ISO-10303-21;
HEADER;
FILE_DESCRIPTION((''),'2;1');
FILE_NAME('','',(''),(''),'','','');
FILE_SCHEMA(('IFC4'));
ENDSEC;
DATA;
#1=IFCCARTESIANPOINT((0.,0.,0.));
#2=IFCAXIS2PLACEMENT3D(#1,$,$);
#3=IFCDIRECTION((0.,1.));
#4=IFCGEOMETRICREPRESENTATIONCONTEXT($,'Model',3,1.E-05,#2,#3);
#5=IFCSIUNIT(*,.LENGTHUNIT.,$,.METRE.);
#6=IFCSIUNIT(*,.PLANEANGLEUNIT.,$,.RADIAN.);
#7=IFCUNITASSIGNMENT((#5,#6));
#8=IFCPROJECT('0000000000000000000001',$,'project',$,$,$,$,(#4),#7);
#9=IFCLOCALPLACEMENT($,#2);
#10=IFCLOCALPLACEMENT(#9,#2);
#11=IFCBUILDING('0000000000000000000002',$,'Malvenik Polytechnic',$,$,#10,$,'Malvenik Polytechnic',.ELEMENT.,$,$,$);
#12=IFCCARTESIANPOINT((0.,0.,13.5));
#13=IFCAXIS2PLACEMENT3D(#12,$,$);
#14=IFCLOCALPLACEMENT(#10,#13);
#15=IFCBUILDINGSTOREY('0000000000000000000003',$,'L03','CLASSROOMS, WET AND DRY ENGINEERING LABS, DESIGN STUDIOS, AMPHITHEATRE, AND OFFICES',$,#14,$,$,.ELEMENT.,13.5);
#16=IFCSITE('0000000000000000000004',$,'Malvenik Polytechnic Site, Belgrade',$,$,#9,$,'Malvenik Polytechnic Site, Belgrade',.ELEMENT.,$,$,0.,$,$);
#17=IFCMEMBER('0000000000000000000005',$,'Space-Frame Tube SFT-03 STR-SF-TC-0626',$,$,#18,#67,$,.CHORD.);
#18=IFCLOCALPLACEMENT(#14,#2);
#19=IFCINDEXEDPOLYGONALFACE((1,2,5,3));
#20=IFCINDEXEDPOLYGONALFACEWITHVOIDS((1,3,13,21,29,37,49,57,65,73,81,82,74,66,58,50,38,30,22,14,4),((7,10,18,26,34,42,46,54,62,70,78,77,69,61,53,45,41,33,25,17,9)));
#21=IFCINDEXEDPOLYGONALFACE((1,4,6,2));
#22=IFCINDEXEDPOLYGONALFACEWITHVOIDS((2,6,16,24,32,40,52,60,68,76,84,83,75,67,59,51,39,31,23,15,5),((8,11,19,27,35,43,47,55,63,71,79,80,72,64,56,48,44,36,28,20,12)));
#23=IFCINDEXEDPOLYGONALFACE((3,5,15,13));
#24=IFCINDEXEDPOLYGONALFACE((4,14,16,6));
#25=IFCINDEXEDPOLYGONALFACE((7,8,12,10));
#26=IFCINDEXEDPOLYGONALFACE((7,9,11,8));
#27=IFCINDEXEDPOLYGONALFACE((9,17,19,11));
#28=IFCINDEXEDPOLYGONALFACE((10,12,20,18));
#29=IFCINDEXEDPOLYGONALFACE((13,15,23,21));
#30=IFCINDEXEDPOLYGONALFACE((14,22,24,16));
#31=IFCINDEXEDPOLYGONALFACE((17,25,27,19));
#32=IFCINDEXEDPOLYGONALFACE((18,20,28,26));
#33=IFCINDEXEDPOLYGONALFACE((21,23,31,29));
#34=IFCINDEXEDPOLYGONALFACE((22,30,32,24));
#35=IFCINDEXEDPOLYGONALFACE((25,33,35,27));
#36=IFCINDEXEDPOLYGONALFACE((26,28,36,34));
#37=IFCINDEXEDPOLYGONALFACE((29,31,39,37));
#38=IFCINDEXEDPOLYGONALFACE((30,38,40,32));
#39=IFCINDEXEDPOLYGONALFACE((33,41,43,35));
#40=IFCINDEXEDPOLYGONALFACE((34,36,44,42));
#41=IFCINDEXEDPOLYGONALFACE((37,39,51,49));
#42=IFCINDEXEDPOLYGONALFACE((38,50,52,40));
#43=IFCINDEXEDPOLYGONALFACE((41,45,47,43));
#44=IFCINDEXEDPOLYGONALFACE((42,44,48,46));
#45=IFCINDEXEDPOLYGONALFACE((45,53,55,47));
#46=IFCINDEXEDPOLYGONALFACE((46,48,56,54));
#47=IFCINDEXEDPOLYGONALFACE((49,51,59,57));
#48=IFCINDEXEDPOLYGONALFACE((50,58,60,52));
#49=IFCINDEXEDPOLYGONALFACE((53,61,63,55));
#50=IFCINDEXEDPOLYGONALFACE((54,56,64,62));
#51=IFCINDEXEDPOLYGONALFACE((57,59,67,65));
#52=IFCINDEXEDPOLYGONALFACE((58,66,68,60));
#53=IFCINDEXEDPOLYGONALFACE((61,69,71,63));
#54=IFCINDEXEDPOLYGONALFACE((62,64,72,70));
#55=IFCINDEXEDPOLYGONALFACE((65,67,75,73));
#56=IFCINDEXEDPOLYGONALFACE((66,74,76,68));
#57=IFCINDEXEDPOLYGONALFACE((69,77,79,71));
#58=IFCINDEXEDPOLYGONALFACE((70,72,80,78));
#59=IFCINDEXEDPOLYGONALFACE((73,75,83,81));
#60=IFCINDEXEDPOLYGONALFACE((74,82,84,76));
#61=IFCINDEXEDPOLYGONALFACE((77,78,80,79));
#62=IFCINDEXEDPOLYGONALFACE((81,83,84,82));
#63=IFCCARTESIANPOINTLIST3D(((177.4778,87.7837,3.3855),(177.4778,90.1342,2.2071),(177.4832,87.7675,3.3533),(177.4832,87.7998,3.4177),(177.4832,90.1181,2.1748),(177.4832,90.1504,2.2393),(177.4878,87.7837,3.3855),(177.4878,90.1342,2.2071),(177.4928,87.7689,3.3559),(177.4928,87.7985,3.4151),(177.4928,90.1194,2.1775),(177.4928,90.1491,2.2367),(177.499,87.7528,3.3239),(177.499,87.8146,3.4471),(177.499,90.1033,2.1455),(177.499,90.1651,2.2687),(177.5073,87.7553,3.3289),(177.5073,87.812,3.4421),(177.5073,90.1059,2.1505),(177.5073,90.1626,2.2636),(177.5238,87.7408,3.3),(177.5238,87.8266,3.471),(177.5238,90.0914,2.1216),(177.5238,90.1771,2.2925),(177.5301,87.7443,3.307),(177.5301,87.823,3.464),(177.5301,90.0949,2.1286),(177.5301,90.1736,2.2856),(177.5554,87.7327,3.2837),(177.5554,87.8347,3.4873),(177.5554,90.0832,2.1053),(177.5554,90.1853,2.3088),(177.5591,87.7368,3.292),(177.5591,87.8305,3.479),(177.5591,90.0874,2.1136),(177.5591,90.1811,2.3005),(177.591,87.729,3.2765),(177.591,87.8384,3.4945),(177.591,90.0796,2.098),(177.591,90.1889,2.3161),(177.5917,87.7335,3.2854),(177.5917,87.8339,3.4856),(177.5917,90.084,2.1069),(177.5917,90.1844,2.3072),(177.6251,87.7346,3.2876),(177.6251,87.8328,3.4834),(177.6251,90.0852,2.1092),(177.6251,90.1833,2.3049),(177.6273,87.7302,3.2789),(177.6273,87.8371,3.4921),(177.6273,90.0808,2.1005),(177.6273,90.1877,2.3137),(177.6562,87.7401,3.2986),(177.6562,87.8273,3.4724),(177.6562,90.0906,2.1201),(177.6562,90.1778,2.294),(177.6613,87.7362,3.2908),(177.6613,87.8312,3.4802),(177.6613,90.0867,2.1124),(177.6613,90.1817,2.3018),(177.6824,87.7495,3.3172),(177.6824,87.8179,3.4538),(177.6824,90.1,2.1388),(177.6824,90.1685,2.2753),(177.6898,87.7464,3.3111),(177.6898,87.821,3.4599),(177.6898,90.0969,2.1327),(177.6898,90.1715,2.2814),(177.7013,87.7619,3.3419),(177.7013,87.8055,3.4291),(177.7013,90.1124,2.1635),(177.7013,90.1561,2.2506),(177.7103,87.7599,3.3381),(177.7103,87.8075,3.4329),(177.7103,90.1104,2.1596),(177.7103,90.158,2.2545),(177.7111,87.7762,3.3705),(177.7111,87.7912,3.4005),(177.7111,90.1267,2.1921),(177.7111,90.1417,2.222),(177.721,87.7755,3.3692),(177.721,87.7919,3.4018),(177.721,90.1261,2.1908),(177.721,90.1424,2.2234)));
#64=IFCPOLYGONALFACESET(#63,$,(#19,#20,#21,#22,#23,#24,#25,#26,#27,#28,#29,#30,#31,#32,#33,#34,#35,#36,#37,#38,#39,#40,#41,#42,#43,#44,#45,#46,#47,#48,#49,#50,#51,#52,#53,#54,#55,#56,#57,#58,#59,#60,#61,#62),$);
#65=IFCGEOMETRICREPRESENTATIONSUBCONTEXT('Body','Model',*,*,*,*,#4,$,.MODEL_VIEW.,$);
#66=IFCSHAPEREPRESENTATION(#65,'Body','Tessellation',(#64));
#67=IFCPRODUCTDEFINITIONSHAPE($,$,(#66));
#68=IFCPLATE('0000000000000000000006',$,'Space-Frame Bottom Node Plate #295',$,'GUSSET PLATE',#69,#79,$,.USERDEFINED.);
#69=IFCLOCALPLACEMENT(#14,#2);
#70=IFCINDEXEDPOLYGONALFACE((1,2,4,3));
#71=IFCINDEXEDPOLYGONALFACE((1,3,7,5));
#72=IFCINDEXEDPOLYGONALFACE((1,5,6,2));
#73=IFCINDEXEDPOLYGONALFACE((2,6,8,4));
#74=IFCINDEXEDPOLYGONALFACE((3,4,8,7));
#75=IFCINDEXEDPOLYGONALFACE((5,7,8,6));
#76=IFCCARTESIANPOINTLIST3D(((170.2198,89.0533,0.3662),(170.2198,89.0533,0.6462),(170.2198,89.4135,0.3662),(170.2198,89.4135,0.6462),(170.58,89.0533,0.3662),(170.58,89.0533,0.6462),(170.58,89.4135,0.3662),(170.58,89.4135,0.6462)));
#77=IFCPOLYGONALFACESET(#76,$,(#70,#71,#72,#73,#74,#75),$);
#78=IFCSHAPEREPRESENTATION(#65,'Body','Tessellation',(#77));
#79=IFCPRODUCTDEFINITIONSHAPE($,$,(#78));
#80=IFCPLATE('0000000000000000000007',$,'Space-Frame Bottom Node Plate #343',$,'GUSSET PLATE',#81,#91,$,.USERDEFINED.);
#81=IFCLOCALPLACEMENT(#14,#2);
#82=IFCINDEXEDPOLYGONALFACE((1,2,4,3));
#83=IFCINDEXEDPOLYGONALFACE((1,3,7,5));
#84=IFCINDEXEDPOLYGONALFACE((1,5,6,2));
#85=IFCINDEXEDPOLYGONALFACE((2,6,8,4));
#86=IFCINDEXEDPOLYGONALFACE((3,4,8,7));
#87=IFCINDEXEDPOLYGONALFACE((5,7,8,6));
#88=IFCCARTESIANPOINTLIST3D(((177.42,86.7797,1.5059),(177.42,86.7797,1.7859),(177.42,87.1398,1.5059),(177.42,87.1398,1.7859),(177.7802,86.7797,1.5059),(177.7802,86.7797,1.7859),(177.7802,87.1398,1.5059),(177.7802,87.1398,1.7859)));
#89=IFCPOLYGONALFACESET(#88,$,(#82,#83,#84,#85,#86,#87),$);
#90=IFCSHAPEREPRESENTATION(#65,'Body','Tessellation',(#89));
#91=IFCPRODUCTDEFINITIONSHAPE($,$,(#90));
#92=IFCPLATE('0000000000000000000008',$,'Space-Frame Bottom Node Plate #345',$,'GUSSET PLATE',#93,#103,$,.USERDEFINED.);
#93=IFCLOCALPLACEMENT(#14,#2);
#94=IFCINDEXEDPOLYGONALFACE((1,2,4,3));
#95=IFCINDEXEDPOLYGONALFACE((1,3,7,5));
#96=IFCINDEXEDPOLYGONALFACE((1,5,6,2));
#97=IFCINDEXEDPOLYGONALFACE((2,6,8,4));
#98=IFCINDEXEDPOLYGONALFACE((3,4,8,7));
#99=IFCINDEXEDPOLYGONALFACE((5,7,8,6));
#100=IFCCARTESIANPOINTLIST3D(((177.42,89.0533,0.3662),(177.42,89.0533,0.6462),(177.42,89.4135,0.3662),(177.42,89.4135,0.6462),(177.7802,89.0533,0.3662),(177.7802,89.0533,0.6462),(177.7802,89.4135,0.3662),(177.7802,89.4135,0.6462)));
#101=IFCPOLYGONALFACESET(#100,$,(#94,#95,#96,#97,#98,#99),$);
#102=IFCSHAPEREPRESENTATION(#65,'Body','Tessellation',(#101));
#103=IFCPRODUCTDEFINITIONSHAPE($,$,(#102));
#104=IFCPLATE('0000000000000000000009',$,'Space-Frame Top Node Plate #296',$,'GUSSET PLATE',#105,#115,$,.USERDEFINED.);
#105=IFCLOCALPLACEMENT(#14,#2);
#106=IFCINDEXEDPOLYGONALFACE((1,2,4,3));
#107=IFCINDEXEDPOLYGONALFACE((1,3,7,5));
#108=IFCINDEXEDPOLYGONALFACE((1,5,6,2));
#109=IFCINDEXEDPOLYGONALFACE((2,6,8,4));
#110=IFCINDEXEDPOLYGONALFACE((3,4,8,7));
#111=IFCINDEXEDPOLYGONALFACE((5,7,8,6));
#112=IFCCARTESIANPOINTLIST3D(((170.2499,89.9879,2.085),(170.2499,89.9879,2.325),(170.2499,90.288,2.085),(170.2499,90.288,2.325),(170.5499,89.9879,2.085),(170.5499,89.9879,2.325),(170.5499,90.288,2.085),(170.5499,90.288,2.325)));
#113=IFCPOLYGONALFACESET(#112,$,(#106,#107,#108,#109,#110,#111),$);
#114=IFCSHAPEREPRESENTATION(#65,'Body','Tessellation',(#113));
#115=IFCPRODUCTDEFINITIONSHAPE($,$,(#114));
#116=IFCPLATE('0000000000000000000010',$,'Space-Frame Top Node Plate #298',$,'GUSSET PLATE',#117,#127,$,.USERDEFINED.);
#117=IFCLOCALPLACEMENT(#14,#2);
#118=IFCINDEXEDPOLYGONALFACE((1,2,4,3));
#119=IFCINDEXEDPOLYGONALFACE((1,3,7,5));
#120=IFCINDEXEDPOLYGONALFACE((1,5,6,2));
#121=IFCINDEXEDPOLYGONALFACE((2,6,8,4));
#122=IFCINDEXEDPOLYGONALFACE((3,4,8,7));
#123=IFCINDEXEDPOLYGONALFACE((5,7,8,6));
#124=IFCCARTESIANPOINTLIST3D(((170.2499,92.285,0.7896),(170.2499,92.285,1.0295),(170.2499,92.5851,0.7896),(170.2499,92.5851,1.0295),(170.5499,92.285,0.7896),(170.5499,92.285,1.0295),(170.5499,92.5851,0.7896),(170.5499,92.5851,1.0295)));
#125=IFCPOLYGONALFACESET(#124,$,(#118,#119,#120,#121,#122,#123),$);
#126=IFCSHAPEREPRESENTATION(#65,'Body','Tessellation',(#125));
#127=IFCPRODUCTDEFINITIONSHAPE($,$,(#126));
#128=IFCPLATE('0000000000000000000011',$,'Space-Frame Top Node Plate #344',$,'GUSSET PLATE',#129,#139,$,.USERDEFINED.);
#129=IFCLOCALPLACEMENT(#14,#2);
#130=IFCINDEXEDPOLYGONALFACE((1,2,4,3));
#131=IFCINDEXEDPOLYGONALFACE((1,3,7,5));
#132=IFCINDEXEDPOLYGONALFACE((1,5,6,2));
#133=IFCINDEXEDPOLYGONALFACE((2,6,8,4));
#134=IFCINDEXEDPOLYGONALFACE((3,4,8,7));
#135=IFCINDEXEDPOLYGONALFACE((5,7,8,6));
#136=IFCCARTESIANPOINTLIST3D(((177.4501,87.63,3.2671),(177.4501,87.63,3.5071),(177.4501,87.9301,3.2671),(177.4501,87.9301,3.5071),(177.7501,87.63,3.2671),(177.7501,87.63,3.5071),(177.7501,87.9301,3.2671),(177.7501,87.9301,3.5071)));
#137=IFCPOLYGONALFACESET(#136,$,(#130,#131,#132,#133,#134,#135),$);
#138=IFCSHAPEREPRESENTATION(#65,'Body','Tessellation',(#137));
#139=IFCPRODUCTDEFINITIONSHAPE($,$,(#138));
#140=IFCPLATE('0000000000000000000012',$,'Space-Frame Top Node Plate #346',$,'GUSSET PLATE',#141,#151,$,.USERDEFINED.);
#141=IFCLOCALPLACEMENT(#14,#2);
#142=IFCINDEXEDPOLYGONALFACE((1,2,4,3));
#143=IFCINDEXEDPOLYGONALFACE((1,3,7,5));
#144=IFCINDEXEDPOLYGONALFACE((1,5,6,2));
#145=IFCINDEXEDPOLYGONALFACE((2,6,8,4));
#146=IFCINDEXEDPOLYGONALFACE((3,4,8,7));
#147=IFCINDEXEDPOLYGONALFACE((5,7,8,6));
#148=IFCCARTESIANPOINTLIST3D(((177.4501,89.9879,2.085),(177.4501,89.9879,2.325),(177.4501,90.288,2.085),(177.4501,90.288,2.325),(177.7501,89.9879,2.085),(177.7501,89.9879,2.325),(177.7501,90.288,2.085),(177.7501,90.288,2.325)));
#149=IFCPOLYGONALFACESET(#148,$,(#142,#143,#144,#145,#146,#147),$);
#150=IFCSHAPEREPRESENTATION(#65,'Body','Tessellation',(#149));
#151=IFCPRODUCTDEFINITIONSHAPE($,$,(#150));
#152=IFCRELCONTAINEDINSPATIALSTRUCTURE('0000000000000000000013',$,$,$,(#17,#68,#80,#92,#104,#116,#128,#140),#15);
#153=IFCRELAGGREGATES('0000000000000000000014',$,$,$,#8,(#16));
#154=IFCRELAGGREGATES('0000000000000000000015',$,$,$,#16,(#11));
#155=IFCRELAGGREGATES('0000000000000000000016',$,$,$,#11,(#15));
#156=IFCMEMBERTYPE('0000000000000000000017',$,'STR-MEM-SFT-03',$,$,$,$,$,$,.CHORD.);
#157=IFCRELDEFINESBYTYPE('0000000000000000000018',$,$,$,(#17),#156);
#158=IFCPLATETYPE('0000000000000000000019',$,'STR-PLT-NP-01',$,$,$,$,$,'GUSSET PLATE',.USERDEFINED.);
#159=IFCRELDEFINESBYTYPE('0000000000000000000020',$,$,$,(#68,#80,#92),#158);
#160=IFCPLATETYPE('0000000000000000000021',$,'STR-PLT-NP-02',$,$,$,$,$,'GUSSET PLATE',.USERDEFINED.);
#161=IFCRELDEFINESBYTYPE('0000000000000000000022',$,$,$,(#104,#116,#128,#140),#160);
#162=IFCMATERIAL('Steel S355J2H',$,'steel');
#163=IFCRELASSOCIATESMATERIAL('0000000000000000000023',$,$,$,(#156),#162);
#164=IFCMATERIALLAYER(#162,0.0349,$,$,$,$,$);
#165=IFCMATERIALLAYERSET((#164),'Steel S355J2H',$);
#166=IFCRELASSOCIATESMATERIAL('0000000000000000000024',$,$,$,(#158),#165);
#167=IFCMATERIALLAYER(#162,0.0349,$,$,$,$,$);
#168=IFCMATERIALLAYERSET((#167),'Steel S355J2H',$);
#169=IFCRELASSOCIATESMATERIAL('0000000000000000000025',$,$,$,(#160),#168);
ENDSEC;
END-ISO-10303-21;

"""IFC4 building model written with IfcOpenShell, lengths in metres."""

from ifc_helpers import new_model, si_unit, direction, frame, origin, origin_2d, place, context, subcontext, project, spatial, rectangle, hollow_circle, extrude, material, layer, layer_set, material_profile, profile_set, type_object, element, save


model = new_model("IFC4")

# Units and contexts
model_context = context("Model", 3, precision=1e-05, world=origin(), true_north=direction((0.0, 1.0)))
body_context = subcontext(model_context, "Body", "Model", "MODEL_VIEW")
ifc_project = project(units=[si_unit("LENGTHUNIT", "METRE"), si_unit("PLANEANGLEUNIT", "RADIAN")], contexts=[model_context])

# Site, building, storey
site_placement = place(None, origin())
site = spatial("IfcSite", under=ifc_project, at=site_placement, Name="Malvenik Polytechnic Site, Belgrade", LongName="Malvenik Polytechnic Site, Belgrade", CompositionType="ELEMENT", RefElevation=0.0)
building_placement = place(site_placement, origin())
building = spatial("IfcBuilding", under=site, at=building_placement, Name="Malvenik Polytechnic", LongName="Malvenik Polytechnic", CompositionType="ELEMENT")
storey_placement = place(building_placement, frame((0.0, 0.0, 13.5)))
storey = spatial("IfcBuildingStorey", under=building, at=storey_placement, Name="L03", Description="CLASSROOMS, WET AND DRY ENGINEERING LABS, DESIGN STUDIOS, AMPHITHEATRE, AND OFFICES", CompositionType="ELEMENT", Elevation=13.5)

# Member
ifc_material_1 = material(Name="Steel S355J2H", Category="steel")
ifc_material_profile_1 = material_profile(ifc_material_1, hollow_circle(Radius=0.1223, WallThickness=0.01, at=origin_2d()), Name="CHS 244.5x10.0")
ifc_profile_set_1 = profile_set([ifc_material_profile_1], Name="Steel S355J2H")
member_type_1 = type_object("IfcMemberType", Name="STR-MEM-SFT-03", PredefinedType="CHORD", material=ifc_profile_set_1)
for number, where, z_axis, x_axis, name in (
    (1, (177.6001, 87.7837, 3.3855), (0.0, 0.893944, -0.448179), (-1.0, 0.0, 0.0), "Space-Frame Tube SFT-03 STR-SF-TC-0626"),
):
    element("IfcMember", number, at=place(storey_placement, frame(where, z_axis=z_axis, x_axis=x_axis)), inside=storey, type_object=member_type_1, Name=name, PredefinedType="CHORD", context=body_context, shape_type="SweptSolid", body=[
        extrude(hollow_circle(Radius=0.1223, WallThickness=0.01, at=origin_2d()), origin(), (0.0, 0.0, 1.0), 2.6294),
    ])

# Plates
ifc_layer_1 = layer(ifc_material_1, 0.0349)
ifc_layer_set_1 = layer_set([ifc_layer_1], Name="Steel S355J2H")
plate_type_1 = type_object("IfcPlateType", Name="STR-PLT-NP-01", ElementType="GUSSET PLATE", PredefinedType="USERDEFINED", material=ifc_layer_set_1)
for number, where, z_axis, x_axis, name in (
    (2, (170.3999, 89.2334, 0.3662), (0.0, 0.0, 1.0), (1.0, 0.0, 0.0), "Space-Frame Bottom Node Plate #295"),
    (3, (177.6001, 86.9597, 1.5059), (0.0, 0.0, 1.0), (1.0, 0.0, 0.0), "Space-Frame Bottom Node Plate #343"),
    (4, (177.6001, 89.2334, 0.3662), (0.0, 0.0, 1.0), (1.0, 0.0, 0.0), "Space-Frame Bottom Node Plate #345"),
):
    element("IfcPlate", number, at=place(storey_placement, frame(where, z_axis=z_axis, x_axis=x_axis)), inside=storey, type_object=plate_type_1, Name=name, ObjectType="GUSSET PLATE", PredefinedType="USERDEFINED", context=body_context, shape_type="SweptSolid", body=[
        extrude(rectangle(XDim=0.3601, YDim=0.3601, at=origin_2d()), origin(), (0.0, 0.0, 1.0), 0.28),
    ])
ifc_layer_2 = layer(ifc_material_1, 0.0349)
ifc_layer_set_2 = layer_set([ifc_layer_2], Name="Steel S355J2H")
plate_type_2 = type_object("IfcPlateType", Name="STR-PLT-NP-02", ElementType="GUSSET PLATE", PredefinedType="USERDEFINED", material=ifc_layer_set_2)
for number, where, z_axis, x_axis, name in (
    (5, (170.3999, 90.1379, 2.085), (0.0, 0.0, 1.0), (1.0, 0.0, 0.0), "Space-Frame Top Node Plate #296"),
    (6, (170.3999, 92.4351, 0.7896), (0.0, 0.0, 1.0), (1.0, 0.0, 0.0), "Space-Frame Top Node Plate #298"),
    (7, (177.6001, 87.78, 3.2671), (0.0, 0.0, 1.0), (1.0, 0.0, 0.0), "Space-Frame Top Node Plate #344"),
    (8, (177.6001, 90.1379, 2.085), (0.0, 0.0, 1.0), (1.0, 0.0, 0.0), "Space-Frame Top Node Plate #346"),
):
    element("IfcPlate", number, at=place(storey_placement, frame(where, z_axis=z_axis, x_axis=x_axis)), inside=storey, type_object=plate_type_2, Name=name, ObjectType="GUSSET PLATE", PredefinedType="USERDEFINED", context=body_context, shape_type="SweptSolid", body=[
        extrude(rectangle(XDim=0.3, YDim=0.3, at=origin_2d()), origin(), (0.0, 0.0, 1.0), 0.24),
    ])

save(model, "model.ifc")
